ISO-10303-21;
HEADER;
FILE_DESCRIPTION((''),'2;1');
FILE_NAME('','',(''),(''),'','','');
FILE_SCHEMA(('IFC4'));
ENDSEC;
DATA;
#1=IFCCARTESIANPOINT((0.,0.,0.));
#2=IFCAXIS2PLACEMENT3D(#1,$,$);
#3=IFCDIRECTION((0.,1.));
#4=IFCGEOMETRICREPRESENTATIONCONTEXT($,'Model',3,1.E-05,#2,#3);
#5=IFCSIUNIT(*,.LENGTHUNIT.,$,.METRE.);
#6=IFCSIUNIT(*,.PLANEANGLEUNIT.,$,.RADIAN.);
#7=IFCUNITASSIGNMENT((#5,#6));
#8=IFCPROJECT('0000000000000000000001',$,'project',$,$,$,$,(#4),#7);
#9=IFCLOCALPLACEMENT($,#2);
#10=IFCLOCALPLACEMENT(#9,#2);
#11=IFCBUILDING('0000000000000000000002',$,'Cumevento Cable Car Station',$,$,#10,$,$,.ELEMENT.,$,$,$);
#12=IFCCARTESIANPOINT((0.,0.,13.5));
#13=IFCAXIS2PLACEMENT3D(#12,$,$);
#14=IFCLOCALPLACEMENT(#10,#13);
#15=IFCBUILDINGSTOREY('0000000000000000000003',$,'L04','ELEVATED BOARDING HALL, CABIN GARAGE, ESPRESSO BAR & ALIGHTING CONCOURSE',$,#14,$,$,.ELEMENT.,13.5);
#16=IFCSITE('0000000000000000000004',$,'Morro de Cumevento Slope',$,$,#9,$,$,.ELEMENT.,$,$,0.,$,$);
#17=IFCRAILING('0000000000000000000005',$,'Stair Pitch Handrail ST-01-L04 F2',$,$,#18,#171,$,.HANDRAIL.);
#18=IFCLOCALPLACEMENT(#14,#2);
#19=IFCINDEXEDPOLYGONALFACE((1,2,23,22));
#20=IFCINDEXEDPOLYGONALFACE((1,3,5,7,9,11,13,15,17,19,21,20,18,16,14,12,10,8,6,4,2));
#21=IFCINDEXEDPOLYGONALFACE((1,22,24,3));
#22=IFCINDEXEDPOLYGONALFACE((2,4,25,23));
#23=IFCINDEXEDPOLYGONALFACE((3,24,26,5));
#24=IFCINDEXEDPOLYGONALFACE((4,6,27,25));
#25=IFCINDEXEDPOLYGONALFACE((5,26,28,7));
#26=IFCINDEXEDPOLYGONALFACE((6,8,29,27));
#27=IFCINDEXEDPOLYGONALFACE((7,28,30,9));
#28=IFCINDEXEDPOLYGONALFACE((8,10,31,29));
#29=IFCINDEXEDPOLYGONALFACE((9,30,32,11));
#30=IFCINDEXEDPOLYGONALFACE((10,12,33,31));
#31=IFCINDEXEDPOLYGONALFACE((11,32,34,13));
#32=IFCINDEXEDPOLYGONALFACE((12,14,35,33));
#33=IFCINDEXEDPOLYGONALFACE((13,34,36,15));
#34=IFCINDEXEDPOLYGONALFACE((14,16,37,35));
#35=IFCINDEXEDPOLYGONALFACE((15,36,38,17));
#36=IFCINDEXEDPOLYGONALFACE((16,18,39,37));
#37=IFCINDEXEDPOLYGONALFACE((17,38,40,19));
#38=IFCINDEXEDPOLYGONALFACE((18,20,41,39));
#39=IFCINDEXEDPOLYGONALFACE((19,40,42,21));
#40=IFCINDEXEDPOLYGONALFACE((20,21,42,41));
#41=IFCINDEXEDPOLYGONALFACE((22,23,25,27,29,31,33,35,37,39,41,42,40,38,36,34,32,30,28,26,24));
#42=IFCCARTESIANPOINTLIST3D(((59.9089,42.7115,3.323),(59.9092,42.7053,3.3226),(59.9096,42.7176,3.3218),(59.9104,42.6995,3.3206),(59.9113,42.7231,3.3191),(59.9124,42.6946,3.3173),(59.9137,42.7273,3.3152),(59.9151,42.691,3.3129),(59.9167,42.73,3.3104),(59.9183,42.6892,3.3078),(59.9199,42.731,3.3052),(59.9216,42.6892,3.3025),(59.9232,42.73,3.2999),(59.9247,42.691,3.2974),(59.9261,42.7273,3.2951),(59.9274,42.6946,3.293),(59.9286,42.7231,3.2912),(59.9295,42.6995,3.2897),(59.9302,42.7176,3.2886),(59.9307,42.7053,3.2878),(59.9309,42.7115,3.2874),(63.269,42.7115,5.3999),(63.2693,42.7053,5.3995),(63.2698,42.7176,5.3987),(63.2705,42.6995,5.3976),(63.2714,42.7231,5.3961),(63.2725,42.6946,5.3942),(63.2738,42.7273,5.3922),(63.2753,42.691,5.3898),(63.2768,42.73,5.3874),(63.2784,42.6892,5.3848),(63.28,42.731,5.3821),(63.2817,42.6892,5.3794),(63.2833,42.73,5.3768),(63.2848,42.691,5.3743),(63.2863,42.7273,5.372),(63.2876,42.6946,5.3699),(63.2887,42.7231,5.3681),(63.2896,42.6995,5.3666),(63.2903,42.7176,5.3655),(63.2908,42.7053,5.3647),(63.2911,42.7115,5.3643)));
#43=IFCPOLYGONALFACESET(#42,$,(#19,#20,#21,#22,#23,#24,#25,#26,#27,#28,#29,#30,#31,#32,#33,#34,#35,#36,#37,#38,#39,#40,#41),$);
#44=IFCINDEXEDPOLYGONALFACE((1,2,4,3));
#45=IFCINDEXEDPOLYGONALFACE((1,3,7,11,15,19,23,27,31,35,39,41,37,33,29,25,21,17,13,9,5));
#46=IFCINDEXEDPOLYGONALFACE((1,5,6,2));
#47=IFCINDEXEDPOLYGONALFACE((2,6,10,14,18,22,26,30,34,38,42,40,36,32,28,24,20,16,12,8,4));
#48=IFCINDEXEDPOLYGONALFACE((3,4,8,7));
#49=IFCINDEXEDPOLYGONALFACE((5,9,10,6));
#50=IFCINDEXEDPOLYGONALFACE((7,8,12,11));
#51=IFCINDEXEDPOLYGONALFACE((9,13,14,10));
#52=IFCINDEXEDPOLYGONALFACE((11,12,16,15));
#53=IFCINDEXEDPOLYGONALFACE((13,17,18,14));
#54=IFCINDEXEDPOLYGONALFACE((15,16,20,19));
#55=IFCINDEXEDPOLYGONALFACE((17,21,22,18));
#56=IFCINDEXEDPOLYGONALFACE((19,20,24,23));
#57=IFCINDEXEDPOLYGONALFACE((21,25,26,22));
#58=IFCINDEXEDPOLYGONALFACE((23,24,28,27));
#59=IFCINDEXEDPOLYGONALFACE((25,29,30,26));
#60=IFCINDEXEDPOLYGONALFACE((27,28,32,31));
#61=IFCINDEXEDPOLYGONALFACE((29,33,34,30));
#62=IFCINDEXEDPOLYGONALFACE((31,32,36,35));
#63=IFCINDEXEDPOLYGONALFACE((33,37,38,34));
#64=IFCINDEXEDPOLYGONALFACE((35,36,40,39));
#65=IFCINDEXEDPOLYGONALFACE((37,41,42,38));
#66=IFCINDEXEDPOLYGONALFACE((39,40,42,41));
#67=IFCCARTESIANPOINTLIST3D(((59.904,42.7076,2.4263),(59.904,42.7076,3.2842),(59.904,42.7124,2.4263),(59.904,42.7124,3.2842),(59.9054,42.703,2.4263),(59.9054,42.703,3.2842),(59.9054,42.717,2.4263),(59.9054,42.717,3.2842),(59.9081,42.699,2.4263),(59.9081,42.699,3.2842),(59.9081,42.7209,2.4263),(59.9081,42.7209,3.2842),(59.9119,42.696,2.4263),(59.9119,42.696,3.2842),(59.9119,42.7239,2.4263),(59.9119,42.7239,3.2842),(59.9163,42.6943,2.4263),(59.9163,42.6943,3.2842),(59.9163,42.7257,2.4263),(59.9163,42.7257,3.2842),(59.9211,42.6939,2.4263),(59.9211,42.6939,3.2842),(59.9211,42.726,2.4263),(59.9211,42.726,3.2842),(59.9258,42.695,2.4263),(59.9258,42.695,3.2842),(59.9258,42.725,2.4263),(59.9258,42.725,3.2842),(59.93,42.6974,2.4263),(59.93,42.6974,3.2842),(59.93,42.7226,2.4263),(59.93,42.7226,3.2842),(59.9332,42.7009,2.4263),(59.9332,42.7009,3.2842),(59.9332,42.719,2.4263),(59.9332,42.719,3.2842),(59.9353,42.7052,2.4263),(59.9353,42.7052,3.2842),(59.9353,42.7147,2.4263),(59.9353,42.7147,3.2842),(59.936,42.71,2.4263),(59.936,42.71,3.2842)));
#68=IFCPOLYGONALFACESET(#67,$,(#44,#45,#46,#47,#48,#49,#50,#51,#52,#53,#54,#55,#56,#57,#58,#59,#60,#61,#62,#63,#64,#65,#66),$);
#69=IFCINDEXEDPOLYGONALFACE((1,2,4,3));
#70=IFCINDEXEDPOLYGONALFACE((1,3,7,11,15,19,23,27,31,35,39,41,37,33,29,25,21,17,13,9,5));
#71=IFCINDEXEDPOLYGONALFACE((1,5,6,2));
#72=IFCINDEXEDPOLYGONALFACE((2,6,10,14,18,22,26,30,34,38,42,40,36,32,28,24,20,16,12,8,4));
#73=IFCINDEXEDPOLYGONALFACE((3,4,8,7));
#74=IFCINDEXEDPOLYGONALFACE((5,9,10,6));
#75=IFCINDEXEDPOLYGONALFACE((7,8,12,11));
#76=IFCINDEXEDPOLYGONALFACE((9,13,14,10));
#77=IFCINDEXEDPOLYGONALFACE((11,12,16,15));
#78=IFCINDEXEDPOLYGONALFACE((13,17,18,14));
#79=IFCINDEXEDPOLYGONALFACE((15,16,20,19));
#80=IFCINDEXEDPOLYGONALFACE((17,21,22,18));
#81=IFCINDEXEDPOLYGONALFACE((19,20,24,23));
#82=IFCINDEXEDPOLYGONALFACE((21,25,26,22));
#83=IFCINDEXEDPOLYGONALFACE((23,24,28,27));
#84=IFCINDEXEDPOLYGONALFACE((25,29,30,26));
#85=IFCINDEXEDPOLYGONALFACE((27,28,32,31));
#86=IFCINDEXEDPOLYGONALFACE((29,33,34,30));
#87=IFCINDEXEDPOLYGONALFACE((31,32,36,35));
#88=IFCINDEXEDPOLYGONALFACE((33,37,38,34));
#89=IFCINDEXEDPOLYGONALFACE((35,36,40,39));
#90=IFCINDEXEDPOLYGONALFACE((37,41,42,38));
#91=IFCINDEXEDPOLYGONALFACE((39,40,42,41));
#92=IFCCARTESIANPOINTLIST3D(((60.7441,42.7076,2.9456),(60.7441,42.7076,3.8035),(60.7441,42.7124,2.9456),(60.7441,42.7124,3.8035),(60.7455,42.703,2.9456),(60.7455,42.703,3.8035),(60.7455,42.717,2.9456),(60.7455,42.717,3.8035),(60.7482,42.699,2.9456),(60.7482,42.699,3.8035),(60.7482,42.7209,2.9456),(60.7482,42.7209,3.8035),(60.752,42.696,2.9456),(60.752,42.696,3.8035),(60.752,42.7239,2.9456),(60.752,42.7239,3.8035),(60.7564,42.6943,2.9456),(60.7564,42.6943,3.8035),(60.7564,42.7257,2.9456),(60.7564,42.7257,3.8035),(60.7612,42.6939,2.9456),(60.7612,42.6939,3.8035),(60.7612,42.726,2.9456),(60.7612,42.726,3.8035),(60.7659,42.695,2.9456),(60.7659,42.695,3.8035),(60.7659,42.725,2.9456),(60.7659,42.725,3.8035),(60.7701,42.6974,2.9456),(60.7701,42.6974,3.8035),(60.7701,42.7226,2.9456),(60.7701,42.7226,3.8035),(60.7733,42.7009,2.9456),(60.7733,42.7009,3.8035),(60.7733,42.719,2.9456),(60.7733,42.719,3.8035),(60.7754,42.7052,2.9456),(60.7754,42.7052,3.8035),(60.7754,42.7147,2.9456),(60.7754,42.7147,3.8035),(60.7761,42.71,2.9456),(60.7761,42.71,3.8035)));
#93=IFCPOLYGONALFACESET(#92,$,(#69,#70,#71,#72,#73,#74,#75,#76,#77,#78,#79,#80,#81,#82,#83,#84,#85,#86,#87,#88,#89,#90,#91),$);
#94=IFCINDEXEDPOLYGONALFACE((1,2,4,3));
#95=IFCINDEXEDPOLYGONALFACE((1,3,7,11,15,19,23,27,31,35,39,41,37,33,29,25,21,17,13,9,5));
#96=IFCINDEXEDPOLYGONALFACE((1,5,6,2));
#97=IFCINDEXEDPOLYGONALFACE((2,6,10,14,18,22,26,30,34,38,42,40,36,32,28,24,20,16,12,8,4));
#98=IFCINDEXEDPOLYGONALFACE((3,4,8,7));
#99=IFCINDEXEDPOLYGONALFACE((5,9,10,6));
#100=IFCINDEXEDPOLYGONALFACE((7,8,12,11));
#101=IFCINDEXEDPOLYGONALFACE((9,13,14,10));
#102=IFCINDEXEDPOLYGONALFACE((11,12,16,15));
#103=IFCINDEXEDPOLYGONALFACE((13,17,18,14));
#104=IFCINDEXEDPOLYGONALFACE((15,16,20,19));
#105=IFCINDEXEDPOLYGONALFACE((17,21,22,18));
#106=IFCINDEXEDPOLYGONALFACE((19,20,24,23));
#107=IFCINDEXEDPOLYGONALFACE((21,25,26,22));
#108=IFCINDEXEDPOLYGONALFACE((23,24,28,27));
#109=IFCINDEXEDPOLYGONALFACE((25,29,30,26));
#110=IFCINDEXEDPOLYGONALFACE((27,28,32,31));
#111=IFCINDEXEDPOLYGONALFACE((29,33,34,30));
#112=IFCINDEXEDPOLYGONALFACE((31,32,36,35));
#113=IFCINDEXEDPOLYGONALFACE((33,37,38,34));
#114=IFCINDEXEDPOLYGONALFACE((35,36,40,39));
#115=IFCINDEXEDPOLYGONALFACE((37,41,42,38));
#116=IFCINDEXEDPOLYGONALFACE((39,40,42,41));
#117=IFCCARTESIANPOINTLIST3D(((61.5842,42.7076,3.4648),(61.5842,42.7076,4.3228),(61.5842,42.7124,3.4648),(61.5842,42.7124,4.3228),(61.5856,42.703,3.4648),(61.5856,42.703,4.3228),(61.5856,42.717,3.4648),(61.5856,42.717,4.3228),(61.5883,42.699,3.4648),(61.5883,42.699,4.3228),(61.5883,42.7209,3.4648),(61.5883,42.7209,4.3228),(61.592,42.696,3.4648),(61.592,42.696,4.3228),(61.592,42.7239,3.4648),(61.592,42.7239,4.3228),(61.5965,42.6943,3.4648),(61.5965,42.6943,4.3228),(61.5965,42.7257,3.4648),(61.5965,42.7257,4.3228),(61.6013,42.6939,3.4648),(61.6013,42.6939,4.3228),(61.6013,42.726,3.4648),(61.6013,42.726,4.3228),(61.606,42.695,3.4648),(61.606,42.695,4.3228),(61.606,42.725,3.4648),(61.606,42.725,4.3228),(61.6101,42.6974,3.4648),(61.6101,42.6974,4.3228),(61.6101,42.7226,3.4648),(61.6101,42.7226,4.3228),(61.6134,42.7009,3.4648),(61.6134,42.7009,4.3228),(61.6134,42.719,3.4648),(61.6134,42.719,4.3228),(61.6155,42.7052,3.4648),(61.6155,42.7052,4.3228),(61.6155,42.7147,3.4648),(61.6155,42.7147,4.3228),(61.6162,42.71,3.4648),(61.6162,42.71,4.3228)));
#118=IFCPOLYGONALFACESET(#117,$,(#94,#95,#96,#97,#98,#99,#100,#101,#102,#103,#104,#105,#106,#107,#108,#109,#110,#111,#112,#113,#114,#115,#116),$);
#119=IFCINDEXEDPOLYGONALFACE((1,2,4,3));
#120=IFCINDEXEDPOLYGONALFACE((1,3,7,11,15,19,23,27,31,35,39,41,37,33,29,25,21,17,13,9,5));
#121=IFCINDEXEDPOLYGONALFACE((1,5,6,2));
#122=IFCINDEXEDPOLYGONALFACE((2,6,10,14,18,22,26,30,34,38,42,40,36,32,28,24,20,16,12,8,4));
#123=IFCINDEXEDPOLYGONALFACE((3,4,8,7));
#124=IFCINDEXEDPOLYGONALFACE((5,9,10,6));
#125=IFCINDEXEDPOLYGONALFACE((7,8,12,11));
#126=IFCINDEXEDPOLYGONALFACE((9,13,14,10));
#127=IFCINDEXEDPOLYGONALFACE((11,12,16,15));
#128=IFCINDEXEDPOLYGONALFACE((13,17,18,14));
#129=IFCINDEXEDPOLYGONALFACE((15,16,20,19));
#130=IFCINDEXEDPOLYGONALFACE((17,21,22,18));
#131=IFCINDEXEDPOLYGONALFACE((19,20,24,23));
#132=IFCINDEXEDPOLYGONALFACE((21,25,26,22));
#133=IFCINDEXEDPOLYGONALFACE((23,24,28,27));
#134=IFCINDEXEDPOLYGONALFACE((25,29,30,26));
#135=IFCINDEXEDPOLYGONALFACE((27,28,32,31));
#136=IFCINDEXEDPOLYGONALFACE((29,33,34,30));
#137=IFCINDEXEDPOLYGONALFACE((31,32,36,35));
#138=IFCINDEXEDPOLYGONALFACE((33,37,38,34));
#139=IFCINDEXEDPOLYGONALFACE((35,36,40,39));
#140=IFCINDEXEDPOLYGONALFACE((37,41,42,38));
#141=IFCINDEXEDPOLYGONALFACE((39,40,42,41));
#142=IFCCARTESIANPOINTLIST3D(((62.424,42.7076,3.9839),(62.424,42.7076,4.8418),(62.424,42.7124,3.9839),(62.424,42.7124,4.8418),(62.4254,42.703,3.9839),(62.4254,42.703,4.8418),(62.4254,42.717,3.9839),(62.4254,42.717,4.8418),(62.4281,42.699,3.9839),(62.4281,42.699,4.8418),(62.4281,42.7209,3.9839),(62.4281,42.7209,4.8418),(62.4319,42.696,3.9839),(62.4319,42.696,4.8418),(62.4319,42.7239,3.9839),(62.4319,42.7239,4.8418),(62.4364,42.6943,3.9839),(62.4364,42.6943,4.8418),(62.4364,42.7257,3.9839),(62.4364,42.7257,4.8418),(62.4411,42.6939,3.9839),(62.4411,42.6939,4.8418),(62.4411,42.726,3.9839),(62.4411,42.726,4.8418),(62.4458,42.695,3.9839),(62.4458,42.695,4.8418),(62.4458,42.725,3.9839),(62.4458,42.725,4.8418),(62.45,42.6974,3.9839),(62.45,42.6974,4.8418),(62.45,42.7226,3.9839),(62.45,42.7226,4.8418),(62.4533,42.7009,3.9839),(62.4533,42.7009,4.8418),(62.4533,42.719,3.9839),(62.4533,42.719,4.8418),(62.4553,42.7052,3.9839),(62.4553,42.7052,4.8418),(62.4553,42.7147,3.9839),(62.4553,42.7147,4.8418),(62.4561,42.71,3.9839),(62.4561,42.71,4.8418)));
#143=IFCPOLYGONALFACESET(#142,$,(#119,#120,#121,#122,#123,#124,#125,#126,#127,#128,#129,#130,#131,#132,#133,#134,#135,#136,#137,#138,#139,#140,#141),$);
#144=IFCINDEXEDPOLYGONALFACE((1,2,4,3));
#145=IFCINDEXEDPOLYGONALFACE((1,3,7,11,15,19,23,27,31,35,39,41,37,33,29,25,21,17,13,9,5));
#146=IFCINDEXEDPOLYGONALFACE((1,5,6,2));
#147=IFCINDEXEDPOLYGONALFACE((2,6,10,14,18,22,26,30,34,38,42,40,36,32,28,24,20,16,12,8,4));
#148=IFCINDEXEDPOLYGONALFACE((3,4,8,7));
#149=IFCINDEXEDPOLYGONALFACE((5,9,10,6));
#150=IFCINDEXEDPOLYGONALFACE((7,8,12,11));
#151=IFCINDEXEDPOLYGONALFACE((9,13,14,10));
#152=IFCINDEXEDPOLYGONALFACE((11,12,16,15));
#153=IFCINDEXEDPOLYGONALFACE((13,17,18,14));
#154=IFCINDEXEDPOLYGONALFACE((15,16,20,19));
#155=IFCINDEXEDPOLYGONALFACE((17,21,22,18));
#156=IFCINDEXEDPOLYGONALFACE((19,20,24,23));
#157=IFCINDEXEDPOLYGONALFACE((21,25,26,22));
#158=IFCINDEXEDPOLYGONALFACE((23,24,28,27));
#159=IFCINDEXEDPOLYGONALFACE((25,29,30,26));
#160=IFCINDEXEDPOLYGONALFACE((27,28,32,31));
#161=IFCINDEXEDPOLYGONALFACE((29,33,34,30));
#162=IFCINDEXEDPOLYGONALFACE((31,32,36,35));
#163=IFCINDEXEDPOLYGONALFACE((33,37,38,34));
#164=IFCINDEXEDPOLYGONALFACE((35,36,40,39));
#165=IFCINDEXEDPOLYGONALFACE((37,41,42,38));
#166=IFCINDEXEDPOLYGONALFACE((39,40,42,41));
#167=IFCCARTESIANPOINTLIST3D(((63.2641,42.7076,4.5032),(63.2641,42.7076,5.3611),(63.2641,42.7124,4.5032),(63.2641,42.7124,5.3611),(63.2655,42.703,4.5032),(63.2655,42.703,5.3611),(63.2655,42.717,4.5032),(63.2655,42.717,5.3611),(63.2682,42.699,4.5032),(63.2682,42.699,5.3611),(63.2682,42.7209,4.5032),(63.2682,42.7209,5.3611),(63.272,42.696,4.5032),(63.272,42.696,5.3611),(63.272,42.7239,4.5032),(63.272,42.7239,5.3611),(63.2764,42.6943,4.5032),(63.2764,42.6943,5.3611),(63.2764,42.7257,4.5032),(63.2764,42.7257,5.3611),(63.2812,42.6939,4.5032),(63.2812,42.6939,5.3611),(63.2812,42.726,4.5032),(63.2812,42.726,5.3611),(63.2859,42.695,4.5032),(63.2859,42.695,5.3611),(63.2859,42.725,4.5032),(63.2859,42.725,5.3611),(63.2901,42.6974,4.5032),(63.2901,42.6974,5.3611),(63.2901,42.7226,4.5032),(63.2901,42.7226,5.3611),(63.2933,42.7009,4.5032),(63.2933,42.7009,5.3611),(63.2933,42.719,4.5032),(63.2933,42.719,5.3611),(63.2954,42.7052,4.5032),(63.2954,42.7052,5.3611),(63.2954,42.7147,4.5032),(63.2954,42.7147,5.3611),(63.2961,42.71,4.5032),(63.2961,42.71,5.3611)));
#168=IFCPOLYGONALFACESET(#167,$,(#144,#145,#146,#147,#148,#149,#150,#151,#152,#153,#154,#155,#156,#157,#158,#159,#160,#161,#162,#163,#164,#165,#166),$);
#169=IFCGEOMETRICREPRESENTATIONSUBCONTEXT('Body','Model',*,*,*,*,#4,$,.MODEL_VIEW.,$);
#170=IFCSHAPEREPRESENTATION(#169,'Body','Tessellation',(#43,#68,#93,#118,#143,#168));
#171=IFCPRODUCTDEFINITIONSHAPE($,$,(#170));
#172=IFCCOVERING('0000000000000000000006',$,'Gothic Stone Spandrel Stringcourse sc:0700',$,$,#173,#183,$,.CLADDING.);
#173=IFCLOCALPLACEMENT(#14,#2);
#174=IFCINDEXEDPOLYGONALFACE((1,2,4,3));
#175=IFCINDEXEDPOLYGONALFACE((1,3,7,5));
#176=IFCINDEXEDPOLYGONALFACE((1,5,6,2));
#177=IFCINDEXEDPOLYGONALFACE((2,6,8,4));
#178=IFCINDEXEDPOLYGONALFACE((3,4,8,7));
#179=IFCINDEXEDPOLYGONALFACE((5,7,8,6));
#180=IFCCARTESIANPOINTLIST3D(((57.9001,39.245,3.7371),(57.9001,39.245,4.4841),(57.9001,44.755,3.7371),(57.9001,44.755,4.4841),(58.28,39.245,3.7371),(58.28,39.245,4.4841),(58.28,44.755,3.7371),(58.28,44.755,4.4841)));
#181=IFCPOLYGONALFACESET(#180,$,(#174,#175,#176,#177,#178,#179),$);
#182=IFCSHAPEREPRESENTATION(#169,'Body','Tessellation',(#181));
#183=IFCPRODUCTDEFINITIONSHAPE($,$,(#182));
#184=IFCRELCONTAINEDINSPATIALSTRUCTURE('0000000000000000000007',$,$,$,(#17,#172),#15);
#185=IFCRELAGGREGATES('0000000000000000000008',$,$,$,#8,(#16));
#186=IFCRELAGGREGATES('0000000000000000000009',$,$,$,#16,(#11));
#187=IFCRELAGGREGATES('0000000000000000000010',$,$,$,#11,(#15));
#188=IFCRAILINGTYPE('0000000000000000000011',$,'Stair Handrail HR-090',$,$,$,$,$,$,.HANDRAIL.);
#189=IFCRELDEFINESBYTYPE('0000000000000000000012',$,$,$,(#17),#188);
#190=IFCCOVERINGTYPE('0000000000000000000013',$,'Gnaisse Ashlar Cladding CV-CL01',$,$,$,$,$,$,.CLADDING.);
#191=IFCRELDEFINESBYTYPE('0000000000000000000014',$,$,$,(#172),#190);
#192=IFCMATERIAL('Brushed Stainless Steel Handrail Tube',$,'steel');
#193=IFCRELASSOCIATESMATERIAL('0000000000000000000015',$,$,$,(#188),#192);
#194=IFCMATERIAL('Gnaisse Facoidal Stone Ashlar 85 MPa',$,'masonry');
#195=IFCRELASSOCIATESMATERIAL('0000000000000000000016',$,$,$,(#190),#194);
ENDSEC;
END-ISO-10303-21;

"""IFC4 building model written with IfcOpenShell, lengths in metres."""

from ifc_helpers import new_model, si_unit, direction, frame, origin, origin_2d, place, context, subcontext, project, spatial, rectangle, circle, extrude, material, type_object, element, save


model = new_model("IFC4")

# Units and contexts
model_context = context("Model", 3, precision=1e-05, world=origin(), true_north=direction((0.0, 1.0)))
body_context = subcontext(model_context, "Body", "Model", "MODEL_VIEW")
ifc_project = project(units=[si_unit("LENGTHUNIT", "METRE"), si_unit("PLANEANGLEUNIT", "RADIAN")], contexts=[model_context])

# Site, building, storey
site_placement = place(None, origin())
site = spatial("IfcSite", under=ifc_project, at=site_placement, Name="Morro de Cumevento Slope", CompositionType="ELEMENT", RefElevation=0.0)
building_placement = place(site_placement, origin())
building = spatial("IfcBuilding", under=site, at=building_placement, Name="Cumevento Cable Car Station", CompositionType="ELEMENT")
storey_placement = place(building_placement, frame((0.0, 0.0, 13.5)))
storey = spatial("IfcBuildingStorey", under=building, at=storey_placement, Name="L04", Description="ELEVATED BOARDING HALL, CABIN GARAGE, ESPRESSO BAR & ALIGHTING CONCOURSE", CompositionType="ELEMENT", Elevation=13.5)

# Railing
ifc_material_1 = material(Name="Brushed Stainless Steel Handrail Tube", Category="steel")
railing_type_1 = type_object("IfcRailingType", Name="Stair Handrail HR-090", PredefinedType="HANDRAIL", material=ifc_material_1)
railing_1_placement = place(storey_placement, frame((59.9199, 42.71, 2.4263)))
element("IfcRailing", 1, at=railing_1_placement, inside=storey, type_object=railing_type_1, Name="Stair Pitch Handrail ST-01-L04 F2", PredefinedType="HANDRAIL", context=body_context, shape_type="SweptSolid", body=[
    extrude(circle(Radius=0.021, at=origin_2d()), frame((0.0, 0.0, 0.8789), z_axis=(0.850623, 0.0, 0.525776), x_axis=(0.0, 1.0, 0.0)), (0.0, 0.0, 1.0), 3.9502),
    extrude(circle(Radius=0.0161, at=origin_2d()), origin(), (0.0, 0.0, 1.0), 0.8579),
    extrude(circle(Radius=0.0161, at=origin_2d()), frame((0.8401, 0.0, 0.5193)), (0.0, 0.0, 1.0), 0.8579),
    extrude(circle(Radius=0.0161, at=origin_2d()), frame((1.6802, 0.0, 1.0386)), (0.0, 0.0, 1.0), 0.8579),
    extrude(circle(Radius=0.0161, at=origin_2d()), frame((2.52, 0.0, 1.5576)), (0.0, 0.0, 1.0), 0.8579),
    extrude(circle(Radius=0.0161, at=origin_2d()), frame((3.3601, 0.0, 2.0769)), (0.0, 0.0, 1.0), 0.8579),
])

# Covering
ifc_material_2 = material(Name="Gnaisse Facoidal Stone Ashlar 85 MPa", Category="masonry")
covering_type = type_object("IfcCoveringType", Name="Gnaisse Ashlar Cladding CV-CL01", PredefinedType="CLADDING", material=ifc_material_2)
covering_1_placement = place(storey_placement, frame((58.0901, 42.0, 3.7371), z_axis=(0.0, 0.0, 1.0), x_axis=(0.0, 1.0, 0.0)))
element("IfcCovering", 2, at=covering_1_placement, inside=storey, type_object=covering_type, Name="Gothic Stone Spandrel Stringcourse sc:0700", PredefinedType="CLADDING", context=body_context, shape_type="SweptSolid", body=[
    extrude(rectangle(XDim=5.51, YDim=0.3799, at=origin_2d()), origin(), (0.0, 0.0, 1.0), 0.7471),
])

save(model, "model.ifc")
